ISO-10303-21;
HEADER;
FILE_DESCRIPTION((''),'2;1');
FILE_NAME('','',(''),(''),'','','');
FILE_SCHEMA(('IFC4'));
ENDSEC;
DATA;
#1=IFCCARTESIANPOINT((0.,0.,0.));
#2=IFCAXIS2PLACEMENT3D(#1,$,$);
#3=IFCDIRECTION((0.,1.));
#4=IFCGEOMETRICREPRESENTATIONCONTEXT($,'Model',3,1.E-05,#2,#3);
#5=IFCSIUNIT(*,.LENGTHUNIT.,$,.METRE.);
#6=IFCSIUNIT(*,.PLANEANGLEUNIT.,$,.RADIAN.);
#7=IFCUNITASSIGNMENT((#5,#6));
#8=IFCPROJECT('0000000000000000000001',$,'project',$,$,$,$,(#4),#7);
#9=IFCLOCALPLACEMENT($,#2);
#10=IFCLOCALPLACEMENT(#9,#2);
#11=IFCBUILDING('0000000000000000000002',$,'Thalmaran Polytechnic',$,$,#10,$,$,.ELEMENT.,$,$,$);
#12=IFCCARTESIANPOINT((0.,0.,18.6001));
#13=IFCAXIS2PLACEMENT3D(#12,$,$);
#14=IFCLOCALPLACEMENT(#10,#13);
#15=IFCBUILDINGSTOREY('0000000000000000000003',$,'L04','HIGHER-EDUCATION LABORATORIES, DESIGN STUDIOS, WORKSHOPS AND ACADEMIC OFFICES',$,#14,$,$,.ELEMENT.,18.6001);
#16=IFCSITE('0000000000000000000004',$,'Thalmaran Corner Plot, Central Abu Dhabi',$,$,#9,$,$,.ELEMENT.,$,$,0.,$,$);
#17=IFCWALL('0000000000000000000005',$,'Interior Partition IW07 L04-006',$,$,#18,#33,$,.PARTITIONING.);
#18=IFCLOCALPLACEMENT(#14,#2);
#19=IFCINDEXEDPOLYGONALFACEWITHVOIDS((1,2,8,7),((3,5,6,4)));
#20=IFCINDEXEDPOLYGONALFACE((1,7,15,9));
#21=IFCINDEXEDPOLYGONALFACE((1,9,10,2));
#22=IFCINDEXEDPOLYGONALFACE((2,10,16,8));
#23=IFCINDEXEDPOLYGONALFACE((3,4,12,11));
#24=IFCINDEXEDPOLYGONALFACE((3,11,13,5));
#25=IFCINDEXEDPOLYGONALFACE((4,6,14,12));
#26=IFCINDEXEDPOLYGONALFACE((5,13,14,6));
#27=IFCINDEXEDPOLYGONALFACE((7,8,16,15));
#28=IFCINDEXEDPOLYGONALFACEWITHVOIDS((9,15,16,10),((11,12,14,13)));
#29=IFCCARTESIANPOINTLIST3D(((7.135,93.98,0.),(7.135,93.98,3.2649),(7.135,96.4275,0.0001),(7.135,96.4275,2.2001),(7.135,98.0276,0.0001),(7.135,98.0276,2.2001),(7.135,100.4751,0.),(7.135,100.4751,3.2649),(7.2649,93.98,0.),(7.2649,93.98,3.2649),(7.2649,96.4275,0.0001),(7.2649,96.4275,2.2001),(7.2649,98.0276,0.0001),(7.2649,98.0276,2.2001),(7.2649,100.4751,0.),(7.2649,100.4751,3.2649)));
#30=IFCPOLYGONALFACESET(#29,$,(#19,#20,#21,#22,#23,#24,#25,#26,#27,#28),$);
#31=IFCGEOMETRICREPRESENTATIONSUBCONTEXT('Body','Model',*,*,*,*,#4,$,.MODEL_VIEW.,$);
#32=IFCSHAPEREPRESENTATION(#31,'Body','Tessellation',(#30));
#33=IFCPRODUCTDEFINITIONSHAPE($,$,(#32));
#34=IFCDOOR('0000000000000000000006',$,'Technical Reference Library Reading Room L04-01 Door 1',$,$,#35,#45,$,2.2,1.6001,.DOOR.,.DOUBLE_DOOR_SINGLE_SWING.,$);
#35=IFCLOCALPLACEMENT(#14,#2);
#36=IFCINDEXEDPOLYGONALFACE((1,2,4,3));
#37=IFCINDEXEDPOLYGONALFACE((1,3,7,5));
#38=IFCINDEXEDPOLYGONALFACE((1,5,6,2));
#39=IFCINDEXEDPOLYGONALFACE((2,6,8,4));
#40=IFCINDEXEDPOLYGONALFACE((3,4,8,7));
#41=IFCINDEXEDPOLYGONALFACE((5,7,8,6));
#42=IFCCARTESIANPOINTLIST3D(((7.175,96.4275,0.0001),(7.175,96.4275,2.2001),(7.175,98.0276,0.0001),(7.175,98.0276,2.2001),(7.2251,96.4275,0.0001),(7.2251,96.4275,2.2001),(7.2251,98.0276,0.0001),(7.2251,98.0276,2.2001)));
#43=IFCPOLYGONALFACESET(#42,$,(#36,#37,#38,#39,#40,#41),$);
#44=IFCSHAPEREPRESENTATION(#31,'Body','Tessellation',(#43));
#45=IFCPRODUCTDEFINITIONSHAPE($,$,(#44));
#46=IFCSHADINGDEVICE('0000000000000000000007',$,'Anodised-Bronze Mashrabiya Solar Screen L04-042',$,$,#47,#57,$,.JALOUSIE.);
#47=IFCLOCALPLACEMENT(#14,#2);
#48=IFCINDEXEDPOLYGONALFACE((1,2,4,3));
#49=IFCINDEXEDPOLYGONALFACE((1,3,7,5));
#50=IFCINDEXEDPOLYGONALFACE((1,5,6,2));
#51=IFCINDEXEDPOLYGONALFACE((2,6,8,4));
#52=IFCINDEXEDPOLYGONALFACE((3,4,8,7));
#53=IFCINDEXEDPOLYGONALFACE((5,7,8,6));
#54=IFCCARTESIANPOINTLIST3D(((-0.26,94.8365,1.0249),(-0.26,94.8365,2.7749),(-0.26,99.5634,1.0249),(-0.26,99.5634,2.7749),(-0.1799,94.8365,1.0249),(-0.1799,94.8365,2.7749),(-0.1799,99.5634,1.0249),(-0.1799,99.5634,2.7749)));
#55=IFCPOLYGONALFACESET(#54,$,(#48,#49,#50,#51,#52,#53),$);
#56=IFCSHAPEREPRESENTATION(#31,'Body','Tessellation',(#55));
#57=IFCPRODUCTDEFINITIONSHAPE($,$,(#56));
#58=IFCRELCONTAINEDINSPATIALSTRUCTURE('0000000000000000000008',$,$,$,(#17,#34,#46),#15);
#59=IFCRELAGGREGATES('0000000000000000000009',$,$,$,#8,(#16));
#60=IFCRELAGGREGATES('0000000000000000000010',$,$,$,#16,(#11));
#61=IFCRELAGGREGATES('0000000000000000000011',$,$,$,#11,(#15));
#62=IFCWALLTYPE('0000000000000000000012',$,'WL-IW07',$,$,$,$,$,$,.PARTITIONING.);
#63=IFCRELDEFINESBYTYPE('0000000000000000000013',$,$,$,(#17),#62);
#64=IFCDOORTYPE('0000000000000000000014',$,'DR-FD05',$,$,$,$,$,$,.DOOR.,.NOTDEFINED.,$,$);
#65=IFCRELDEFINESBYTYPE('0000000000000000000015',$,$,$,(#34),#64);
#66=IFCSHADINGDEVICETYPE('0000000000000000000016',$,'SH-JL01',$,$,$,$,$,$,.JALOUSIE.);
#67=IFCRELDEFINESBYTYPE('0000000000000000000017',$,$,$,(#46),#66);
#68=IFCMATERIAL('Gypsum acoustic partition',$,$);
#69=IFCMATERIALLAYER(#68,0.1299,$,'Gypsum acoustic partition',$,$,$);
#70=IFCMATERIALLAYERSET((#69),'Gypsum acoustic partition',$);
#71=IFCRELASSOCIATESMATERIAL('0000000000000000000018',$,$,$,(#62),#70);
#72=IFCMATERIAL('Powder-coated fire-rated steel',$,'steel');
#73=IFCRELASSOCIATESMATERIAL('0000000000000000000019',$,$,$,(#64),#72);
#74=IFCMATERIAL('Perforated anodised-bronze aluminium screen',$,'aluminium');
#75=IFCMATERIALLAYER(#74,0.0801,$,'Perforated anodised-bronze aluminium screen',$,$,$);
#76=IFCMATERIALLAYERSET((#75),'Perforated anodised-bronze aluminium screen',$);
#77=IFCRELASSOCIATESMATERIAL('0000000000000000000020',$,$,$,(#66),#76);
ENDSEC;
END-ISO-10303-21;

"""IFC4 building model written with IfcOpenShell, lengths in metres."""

from ifc_helpers import new_model, si_unit, direction, frame, frame_2d, origin, origin_2d, place, context, subcontext, project, spatial, rectangle, extrude, material, layer, layer_set, type_object, element, fill, save


model = new_model("IFC4")

# Units and contexts
model_context = context("Model", 3, precision=1e-05, world=origin(), true_north=direction((0.0, 1.0)))
body_context = subcontext(model_context, "Body", "Model", "MODEL_VIEW")
ifc_project = project(units=[si_unit("LENGTHUNIT", "METRE"), si_unit("PLANEANGLEUNIT", "RADIAN")], contexts=[model_context])

# Site, building, storey
site_placement = place(None, origin())
site = spatial("IfcSite", under=ifc_project, at=site_placement, Name="Thalmaran Corner Plot, Central Abu Dhabi", CompositionType="ELEMENT", RefElevation=0.0)
building_placement = place(site_placement, origin())
building = spatial("IfcBuilding", under=site, at=building_placement, Name="Thalmaran Polytechnic", CompositionType="ELEMENT")
storey_placement = place(building_placement, frame((0.0, 0.0, 18.6001)))
storey = spatial("IfcBuildingStorey", under=building, at=storey_placement, Name="L04", Description="HIGHER-EDUCATION LABORATORIES, DESIGN STUDIOS, WORKSHOPS AND ACADEMIC OFFICES", CompositionType="ELEMENT", Elevation=18.6001)

# Wall, opening, door
ifc_material_1 = material(Name="Gypsum acoustic partition")
ifc_layer_1 = layer(ifc_material_1, 0.1299, Name="Gypsum acoustic partition")
ifc_layer_set_1 = layer_set([ifc_layer_1], Name="Gypsum acoustic partition")
wall_type_1 = type_object("IfcWallType", Name="WL-IW07", PredefinedType="PARTITIONING", material=ifc_layer_set_1)
wall_1_placement = place(storey_placement, frame((7.2, 93.98, 0.0), z_axis=(0.0, 0.0, 1.0), x_axis=(0.0, 1.0, 0.0)))
wall_1 = element("IfcWall", 1, at=wall_1_placement, inside=storey, type_object=wall_type_1, Name="Interior Partition IW07 L04-006", PredefinedType="PARTITIONING", context=body_context, shape_type="SweptSolid", body=[
    extrude(rectangle(XDim=6.4951, YDim=0.1299, at=frame_2d((3.2476, 0.0))), origin(), (0.0, 0.0, 1.0), 3.2649),
])
opening_1_placement = place(wall_1_placement, frame((2.4475, 0.0, 0.0)))
opening_1 = element("IfcOpeningElement", 2, at=opening_1_placement, cuts=wall_1, PredefinedType="OPENING", context=body_context, shape_type="SweptSolid", body=[
    extrude(rectangle(XDim=1.6001, YDim=2.2, at=frame_2d((0.8, 1.1001))), frame((0.0, 0.075, 0.0), z_axis=(0.0, -1.0, 0.0), x_axis=(1.0, 0.0, 0.0)), (0.0, 0.0, 1.0), 0.1499),
])
ifc_material_2 = material(Name="Powder-coated fire-rated steel", Category="steel")
door_type = type_object("IfcDoorType", Name="DR-FD05", OperationType="NOTDEFINED", PredefinedType="DOOR", material=ifc_material_2)
door_placement = place(opening_1_placement, origin())
door = element("IfcDoor", 3, at=door_placement, inside=storey, type_object=door_type, Name="Technical Reference Library Reading Room L04-01 Door 1", OperationType="DOUBLE_DOOR_SINGLE_SWING", OverallHeight=2.2, OverallWidth=1.6001, PredefinedType="DOOR", context=body_context, shape_type="SweptSolid", body=[
    extrude(rectangle(XDim=1.6001, YDim=2.2, at=frame_2d((0.8, 1.1001))), frame((0.0, 0.0249, 0.0), z_axis=(0.0, -1.0, 0.0), x_axis=(1.0, 0.0, 0.0)), (0.0, 0.0, 1.0), 0.05),
])
fill(opening_1, door)

# Shading device
ifc_material_3 = material(Name="Perforated anodised-bronze aluminium screen", Category="aluminium")
ifc_layer_2 = layer(ifc_material_3, 0.0801, Name="Perforated anodised-bronze aluminium screen")
ifc_layer_set_2 = layer_set([ifc_layer_2], Name="Perforated anodised-bronze aluminium screen")
shading_device_type = type_object("IfcShadingDeviceType", Name="SH-JL01", PredefinedType="JALOUSIE", material=ifc_layer_set_2)
shading_device_placement = place(storey_placement, frame((-0.22, 97.2, 1.0249), z_axis=(0.0, 0.0, 1.0), x_axis=(0.0, 1.0, 0.0)))
element("IfcShadingDevice", 4, at=shading_device_placement, inside=storey, type_object=shading_device_type, Name="Anodised-Bronze Mashrabiya Solar Screen L04-042", PredefinedType="JALOUSIE", context=body_context, shape_type="SweptSolid", body=[
    extrude(rectangle(XDim=4.7268, YDim=0.0801, at=origin_2d()), origin(), (0.0, 0.0, 1.0), 1.75),
])

save(model, "model.ifc")
